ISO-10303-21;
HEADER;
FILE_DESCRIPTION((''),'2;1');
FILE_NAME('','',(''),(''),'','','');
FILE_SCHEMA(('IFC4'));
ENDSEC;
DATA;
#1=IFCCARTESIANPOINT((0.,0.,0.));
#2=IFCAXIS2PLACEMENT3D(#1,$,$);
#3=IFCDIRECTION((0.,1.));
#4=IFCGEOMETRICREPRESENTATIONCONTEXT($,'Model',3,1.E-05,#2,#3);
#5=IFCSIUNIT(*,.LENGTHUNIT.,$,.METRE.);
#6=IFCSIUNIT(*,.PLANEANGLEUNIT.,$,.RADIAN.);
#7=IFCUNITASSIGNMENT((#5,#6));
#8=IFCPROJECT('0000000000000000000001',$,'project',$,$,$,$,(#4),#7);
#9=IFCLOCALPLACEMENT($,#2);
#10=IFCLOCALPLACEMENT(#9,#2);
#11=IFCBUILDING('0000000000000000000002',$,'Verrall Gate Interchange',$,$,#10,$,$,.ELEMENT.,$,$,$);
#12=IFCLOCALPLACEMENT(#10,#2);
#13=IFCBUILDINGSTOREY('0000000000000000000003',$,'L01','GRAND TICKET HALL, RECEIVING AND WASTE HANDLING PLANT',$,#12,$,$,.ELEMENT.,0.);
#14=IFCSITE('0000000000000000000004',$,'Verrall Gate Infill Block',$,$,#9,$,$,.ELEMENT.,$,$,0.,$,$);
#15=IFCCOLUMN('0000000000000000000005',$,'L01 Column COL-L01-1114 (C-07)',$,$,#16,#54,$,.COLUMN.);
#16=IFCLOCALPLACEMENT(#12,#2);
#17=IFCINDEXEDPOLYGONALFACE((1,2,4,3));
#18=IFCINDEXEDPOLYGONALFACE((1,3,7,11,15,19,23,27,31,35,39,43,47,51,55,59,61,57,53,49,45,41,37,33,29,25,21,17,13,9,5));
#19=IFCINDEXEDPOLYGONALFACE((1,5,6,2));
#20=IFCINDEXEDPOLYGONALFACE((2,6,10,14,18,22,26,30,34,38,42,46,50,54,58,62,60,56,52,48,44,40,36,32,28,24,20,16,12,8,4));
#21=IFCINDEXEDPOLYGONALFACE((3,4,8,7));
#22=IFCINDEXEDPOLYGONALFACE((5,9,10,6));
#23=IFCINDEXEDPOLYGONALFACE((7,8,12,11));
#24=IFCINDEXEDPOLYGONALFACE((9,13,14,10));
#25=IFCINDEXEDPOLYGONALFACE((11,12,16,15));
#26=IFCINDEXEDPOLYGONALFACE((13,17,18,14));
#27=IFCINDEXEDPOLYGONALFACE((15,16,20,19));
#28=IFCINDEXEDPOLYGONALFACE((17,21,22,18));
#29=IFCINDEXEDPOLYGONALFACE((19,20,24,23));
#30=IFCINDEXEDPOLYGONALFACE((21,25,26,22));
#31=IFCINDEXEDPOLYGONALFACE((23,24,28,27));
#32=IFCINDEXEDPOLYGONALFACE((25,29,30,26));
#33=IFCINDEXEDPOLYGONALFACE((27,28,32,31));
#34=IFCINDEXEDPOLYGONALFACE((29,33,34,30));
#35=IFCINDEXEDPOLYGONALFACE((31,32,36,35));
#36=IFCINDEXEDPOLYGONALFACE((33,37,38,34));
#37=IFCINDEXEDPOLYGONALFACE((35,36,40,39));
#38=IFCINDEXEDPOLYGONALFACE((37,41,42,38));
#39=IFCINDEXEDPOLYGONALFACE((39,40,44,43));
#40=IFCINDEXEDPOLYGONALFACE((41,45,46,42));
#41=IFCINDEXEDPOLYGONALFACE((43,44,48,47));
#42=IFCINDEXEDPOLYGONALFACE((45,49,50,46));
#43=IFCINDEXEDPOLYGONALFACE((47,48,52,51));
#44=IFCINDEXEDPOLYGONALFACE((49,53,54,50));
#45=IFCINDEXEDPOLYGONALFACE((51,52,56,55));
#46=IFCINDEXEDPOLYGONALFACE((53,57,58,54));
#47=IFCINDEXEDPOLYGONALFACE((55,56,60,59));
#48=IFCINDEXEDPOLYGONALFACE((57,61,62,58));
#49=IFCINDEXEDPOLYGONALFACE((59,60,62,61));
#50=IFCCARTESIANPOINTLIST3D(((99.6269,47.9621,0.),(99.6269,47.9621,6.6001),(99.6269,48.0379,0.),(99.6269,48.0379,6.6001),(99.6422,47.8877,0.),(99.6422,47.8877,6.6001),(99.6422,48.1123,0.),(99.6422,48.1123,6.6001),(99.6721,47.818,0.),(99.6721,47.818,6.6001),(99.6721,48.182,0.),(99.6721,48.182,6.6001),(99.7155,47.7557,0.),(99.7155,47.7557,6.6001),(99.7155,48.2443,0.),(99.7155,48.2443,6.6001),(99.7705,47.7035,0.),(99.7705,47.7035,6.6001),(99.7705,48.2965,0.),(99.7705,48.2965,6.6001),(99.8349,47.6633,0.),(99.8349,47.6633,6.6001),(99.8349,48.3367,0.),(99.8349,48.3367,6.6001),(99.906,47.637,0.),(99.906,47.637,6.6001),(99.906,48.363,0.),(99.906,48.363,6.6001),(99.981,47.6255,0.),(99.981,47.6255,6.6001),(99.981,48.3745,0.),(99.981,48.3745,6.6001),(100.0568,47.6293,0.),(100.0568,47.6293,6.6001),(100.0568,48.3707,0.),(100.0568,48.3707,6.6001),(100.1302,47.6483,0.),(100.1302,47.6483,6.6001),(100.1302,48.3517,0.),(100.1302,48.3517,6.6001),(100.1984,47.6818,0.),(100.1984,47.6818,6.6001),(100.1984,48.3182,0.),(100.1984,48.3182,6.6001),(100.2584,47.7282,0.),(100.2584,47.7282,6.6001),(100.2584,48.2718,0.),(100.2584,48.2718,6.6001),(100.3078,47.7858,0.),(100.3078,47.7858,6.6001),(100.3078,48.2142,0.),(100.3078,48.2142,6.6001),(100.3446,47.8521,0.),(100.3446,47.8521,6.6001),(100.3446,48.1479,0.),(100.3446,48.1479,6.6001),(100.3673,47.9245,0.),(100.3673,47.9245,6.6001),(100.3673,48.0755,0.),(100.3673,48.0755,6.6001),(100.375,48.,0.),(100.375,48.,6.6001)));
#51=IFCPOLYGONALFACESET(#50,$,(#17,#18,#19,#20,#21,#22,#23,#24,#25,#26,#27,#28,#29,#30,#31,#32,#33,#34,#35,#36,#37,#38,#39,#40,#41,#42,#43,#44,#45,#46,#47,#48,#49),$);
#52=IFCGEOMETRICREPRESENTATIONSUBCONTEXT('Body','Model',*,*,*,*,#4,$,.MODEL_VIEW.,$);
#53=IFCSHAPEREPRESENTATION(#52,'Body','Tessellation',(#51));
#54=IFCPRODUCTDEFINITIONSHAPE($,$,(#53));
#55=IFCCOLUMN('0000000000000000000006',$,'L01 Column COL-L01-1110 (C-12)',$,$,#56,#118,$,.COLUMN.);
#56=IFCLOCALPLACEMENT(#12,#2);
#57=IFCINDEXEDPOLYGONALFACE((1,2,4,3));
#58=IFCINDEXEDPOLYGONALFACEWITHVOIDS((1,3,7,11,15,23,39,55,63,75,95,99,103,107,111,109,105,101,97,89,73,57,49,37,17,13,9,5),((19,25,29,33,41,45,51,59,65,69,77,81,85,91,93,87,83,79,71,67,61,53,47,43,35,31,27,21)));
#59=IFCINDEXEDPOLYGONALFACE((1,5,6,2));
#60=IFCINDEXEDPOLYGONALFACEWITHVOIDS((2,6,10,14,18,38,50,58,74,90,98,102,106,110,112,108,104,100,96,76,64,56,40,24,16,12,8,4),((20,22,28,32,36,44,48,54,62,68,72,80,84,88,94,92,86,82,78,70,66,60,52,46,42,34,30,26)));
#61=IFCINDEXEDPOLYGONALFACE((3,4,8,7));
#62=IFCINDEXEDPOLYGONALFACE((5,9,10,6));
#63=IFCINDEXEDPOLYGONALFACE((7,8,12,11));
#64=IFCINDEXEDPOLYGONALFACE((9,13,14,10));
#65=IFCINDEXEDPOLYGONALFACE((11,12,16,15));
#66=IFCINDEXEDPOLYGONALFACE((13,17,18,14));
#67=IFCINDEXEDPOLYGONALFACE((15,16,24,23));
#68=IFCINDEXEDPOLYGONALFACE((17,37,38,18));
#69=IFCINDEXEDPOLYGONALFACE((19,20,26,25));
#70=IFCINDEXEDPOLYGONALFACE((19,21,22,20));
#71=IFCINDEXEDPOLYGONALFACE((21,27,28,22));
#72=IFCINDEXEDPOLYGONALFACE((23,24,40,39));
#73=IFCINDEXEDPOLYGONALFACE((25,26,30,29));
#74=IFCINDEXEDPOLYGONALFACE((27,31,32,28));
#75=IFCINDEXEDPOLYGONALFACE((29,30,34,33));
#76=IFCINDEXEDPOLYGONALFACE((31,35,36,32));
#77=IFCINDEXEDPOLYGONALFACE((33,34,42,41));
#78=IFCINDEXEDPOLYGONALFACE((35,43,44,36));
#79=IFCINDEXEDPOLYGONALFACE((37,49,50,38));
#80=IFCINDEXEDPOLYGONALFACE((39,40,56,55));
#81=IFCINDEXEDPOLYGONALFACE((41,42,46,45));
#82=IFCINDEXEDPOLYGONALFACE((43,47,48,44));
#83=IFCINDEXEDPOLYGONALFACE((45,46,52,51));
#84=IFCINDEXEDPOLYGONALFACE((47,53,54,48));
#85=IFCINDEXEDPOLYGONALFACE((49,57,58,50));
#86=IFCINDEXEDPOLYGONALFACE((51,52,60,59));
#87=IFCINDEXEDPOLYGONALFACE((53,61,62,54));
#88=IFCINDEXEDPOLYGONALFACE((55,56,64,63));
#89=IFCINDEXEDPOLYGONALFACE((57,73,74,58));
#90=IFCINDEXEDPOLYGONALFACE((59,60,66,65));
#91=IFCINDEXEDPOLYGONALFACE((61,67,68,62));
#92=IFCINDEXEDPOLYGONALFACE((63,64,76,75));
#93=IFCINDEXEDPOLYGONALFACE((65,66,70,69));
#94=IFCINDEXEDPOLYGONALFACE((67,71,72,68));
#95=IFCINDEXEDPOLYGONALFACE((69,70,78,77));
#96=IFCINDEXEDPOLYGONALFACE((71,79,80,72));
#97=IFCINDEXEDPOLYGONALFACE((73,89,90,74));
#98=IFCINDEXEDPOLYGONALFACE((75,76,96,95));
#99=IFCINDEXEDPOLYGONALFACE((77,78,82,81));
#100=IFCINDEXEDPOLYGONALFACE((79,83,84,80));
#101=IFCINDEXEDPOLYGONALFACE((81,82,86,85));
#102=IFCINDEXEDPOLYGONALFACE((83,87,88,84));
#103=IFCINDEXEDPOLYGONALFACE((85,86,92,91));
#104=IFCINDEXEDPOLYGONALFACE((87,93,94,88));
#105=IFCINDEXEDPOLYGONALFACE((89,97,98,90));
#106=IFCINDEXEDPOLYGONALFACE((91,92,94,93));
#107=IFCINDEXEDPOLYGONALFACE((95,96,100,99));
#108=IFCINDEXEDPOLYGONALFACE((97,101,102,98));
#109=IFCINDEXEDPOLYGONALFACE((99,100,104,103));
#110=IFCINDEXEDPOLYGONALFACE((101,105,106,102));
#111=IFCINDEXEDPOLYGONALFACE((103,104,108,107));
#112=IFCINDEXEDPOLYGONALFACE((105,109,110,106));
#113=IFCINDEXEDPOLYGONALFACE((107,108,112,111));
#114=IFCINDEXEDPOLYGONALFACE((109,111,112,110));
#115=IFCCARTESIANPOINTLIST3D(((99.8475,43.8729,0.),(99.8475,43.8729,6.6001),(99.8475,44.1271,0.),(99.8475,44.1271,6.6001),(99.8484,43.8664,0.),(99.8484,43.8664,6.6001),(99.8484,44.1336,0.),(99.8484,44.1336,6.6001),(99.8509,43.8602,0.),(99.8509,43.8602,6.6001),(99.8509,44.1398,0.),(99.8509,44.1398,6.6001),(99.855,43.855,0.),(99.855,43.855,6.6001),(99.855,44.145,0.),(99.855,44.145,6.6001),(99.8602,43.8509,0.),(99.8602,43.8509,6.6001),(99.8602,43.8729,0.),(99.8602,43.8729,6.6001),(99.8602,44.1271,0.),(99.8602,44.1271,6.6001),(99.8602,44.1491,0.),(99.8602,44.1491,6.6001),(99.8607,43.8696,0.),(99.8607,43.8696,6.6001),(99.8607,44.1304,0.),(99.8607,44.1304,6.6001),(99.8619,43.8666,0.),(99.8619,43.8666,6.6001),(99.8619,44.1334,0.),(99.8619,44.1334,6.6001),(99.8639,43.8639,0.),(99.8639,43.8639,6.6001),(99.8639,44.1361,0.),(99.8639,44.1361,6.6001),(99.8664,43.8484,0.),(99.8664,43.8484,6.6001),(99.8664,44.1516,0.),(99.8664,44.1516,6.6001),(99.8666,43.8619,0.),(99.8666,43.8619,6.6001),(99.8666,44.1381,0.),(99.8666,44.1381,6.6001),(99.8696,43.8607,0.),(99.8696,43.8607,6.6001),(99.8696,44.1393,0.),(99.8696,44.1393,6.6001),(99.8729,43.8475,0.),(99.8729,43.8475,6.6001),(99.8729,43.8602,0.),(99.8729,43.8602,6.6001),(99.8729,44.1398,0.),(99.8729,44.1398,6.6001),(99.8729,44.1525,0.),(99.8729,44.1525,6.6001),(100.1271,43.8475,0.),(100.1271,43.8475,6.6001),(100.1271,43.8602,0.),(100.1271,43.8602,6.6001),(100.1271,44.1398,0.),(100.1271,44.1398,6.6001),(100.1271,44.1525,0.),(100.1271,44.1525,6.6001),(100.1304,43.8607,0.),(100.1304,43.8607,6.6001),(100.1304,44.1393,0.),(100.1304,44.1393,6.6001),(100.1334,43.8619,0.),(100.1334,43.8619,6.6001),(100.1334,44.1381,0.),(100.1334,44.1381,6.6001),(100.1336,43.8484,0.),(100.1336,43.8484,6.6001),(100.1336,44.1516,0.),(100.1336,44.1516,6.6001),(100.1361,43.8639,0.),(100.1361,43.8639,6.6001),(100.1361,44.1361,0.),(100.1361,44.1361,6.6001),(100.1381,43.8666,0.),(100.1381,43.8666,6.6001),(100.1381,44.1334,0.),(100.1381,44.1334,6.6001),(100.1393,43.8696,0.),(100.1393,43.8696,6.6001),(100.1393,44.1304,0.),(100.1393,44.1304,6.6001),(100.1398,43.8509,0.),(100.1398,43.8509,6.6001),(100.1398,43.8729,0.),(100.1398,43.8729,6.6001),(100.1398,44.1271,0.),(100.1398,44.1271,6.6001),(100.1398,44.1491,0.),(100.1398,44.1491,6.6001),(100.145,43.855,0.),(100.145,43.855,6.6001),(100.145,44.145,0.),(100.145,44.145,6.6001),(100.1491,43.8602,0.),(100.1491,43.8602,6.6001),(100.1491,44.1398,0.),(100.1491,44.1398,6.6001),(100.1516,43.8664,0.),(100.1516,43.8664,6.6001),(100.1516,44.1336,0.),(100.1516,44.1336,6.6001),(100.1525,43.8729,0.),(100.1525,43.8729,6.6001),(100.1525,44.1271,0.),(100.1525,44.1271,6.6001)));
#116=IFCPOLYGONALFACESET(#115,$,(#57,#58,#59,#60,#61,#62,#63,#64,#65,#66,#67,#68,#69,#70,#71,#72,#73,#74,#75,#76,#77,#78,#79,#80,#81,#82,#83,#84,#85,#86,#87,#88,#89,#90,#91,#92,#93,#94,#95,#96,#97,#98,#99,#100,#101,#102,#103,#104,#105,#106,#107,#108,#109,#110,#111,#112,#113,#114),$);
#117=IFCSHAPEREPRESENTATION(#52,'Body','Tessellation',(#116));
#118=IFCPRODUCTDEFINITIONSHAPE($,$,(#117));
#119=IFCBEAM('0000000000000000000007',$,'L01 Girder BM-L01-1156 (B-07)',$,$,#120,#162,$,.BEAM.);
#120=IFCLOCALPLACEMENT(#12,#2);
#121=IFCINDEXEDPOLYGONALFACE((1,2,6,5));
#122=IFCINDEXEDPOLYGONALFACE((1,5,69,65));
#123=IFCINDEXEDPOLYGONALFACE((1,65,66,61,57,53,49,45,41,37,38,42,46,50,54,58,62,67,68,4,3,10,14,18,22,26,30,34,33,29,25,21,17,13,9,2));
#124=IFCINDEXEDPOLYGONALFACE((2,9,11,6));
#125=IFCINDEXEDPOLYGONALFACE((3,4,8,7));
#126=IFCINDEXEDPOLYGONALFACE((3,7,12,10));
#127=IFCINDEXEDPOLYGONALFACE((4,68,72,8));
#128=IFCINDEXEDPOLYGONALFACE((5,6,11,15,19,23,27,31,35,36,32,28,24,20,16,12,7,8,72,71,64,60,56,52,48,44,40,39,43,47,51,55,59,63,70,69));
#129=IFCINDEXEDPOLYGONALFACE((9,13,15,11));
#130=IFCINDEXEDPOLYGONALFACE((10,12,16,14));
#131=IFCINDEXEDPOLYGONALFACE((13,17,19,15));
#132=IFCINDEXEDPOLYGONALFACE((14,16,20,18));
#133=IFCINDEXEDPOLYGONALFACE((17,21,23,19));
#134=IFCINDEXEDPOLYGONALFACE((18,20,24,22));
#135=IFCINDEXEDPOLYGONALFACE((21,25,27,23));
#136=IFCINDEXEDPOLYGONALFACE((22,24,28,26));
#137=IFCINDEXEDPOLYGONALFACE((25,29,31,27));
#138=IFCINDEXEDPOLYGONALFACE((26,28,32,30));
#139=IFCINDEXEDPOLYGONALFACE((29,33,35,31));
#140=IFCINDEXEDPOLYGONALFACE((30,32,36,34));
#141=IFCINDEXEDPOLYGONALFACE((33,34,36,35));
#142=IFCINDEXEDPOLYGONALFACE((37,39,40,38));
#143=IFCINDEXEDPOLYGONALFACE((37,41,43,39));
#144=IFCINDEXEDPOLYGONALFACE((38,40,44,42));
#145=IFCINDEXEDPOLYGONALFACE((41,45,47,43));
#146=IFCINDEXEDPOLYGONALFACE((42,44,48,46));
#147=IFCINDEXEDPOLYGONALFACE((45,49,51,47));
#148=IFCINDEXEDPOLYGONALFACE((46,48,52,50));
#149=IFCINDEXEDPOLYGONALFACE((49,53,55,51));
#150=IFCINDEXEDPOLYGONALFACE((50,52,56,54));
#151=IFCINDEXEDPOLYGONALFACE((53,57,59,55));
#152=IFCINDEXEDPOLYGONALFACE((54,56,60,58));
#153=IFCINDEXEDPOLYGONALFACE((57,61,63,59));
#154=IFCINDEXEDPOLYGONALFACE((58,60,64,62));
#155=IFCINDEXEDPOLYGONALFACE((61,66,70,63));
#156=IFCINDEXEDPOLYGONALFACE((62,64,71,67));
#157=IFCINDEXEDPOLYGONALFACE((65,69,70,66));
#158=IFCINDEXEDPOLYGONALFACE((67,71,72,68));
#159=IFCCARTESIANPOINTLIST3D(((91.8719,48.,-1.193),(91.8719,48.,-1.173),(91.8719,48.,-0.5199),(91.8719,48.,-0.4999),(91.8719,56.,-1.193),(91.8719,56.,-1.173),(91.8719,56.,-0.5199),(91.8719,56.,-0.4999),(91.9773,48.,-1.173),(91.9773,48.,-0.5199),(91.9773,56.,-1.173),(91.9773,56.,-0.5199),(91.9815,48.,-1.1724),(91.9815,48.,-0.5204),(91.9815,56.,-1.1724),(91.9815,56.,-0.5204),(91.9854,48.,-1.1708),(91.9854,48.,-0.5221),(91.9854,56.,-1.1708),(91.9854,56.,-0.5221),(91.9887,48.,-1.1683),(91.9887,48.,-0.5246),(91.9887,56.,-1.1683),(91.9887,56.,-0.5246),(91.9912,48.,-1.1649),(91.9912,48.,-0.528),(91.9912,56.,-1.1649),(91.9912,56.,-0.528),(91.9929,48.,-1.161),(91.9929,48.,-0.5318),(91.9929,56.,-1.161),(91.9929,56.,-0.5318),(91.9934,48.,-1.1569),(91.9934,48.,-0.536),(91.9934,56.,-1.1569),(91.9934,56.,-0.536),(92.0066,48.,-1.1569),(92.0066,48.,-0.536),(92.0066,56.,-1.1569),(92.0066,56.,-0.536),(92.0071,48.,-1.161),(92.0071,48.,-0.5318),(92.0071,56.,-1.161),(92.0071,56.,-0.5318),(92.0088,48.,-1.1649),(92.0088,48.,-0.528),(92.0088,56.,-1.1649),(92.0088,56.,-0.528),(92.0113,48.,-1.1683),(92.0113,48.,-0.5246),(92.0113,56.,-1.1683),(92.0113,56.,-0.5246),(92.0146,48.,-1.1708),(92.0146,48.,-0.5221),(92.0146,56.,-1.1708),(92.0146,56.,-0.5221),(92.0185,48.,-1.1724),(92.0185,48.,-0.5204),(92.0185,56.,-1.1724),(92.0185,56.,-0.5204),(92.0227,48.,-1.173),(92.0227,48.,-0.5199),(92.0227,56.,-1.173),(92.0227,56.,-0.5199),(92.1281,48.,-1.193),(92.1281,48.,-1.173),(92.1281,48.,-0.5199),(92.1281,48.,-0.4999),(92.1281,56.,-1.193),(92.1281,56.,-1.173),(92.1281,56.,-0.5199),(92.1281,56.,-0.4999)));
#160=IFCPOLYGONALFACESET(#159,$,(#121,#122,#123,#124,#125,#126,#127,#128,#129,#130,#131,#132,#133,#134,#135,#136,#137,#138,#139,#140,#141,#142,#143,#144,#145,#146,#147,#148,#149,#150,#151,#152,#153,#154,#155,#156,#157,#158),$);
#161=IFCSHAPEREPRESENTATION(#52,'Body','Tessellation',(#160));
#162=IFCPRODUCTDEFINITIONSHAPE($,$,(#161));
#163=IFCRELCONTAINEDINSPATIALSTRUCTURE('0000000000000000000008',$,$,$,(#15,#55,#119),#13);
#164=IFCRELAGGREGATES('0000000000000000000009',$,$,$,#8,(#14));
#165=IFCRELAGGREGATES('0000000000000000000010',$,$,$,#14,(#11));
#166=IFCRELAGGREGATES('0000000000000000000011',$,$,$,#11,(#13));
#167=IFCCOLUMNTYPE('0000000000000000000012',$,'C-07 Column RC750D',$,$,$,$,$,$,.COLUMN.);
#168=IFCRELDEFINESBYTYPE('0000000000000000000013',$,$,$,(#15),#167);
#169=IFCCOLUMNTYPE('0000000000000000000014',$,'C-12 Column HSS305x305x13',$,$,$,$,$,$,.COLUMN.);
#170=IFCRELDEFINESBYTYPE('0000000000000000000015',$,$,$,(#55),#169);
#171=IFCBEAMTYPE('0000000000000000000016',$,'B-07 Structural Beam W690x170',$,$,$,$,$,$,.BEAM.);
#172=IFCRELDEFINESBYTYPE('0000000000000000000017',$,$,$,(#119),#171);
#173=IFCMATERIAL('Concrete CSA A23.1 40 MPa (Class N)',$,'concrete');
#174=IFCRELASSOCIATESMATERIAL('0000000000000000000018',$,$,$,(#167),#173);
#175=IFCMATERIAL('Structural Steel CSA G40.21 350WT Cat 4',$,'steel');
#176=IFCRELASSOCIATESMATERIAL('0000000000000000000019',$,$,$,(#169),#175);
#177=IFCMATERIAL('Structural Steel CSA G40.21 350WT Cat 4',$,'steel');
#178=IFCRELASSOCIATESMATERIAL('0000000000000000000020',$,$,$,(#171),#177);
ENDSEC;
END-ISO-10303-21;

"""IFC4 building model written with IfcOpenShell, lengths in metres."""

from ifc_helpers import new_model, si_unit, direction, frame, origin, origin_2d, place, context, subcontext, project, spatial, hollow_rectangle, circle, i_section, extrude, material, material_profile, profile_set, type_object, element, save


model = new_model("IFC4")

# Units and contexts
model_context = context("Model", 3, precision=1e-05, world=origin(), true_north=direction((0.0, 1.0)))
body_context = subcontext(model_context, "Body", "Model", "MODEL_VIEW")
ifc_project = project(units=[si_unit("LENGTHUNIT", "METRE"), si_unit("PLANEANGLEUNIT", "RADIAN")], contexts=[model_context])

# Site, building, storey
site_placement = place(None, origin())
site = spatial("IfcSite", under=ifc_project, at=site_placement, Name="Verrall Gate Infill Block", CompositionType="ELEMENT", RefElevation=0.0)
building_placement = place(site_placement, origin())
building = spatial("IfcBuilding", under=site, at=building_placement, Name="Verrall Gate Interchange", CompositionType="ELEMENT")
storey_placement = place(building_placement, origin())
storey = spatial("IfcBuildingStorey", under=building, at=storey_placement, Name="L01", Description="GRAND TICKET HALL, RECEIVING AND WASTE HANDLING PLANT", CompositionType="ELEMENT", Elevation=0.0)

# Columns
ifc_material_1 = material(Name="Concrete CSA A23.1 40 MPa (Class N)", Category="concrete")
ifc_material_profile_1 = material_profile(ifc_material_1, circle(Radius=0.375, at=origin_2d()), Name="RC750D")
ifc_profile_set_1 = profile_set([ifc_material_profile_1], Name="Concrete CSA A23.1 40 MPa (Class N)")
column_type_1 = type_object("IfcColumnType", Name="C-07 Column RC750D", PredefinedType="COLUMN", material=ifc_profile_set_1)
column_1_placement = place(storey_placement, frame((100.0, 48.0, 0.0), z_axis=(0.0, 0.0, 1.0), x_axis=(1.0, 0.0, 0.0)))
element("IfcColumn", 1, at=column_1_placement, inside=storey, type_object=column_type_1, Name="L01 Column COL-L01-1114 (C-07)", PredefinedType="COLUMN", context=body_context, shape_type="SweptSolid", body=[
    extrude(circle(Radius=0.375, at=origin_2d()), origin(), (0.0, 0.0, 1.0), 6.6001),
])
ifc_material_2 = material(Name="Structural Steel CSA G40.21 350WT Cat 4", Category="steel")
ifc_material_profile_2 = material_profile(ifc_material_2, hollow_rectangle(XDim=0.3049, YDim=0.3049, WallThickness=0.0127, InnerFilletRadius=0.0127, OuterFilletRadius=0.0254, at=origin_2d()), Name="HSS305x305x13")
ifc_profile_set_2 = profile_set([ifc_material_profile_2], Name="Structural Steel CSA G40.21 350WT Cat 4")
column_type_2 = type_object("IfcColumnType", Name="C-12 Column HSS305x305x13", PredefinedType="COLUMN", material=ifc_profile_set_2)
column_2_placement = place(storey_placement, frame((100.0, 44.0, 0.0), z_axis=(0.0, 0.0, 1.0), x_axis=(1.0, 0.0, 0.0)))
element("IfcColumn", 2, at=column_2_placement, inside=storey, type_object=column_type_2, Name="L01 Column COL-L01-1110 (C-12)", PredefinedType="COLUMN", context=body_context, shape_type="SweptSolid", body=[
    extrude(hollow_rectangle(XDim=0.3049, YDim=0.3049, WallThickness=0.0127, InnerFilletRadius=0.0127, OuterFilletRadius=0.0254, at=origin_2d()), origin(), (0.0, 0.0, 1.0), 6.6001),
])

# Beam
ifc_material_3 = material(Name="Structural Steel CSA G40.21 350WT Cat 4", Category="steel")
ifc_material_profile_3 = material_profile(ifc_material_3, i_section(OverallWidth=0.2561, OverallDepth=0.6931, WebThickness=0.0132, FlangeThickness=0.02, FilletRadius=0.0161, at=origin_2d()), Name="W690x170")
ifc_profile_set_3 = profile_set([ifc_material_profile_3], Name="Structural Steel CSA G40.21 350WT Cat 4")
beam_type_1 = type_object("IfcBeamType", Name="B-07 Structural Beam W690x170", PredefinedType="BEAM", material=ifc_profile_set_3)
for number, where, z_axis, x_axis, name in (
    (3, (92.0, 48.0, -0.8464), (0.0, 1.0, 0.0), (-1.0, 0.0, 0.0), "L01 Girder BM-L01-1156 (B-07)"),
):
    element("IfcBeam", number, at=place(storey_placement, frame(where, z_axis=z_axis, x_axis=x_axis)), inside=storey, type_object=beam_type_1, Name=name, PredefinedType="BEAM", context=body_context, shape_type="SweptSolid", body=[
        extrude(i_section(OverallWidth=0.2561, OverallDepth=0.6931, WebThickness=0.0132, FlangeThickness=0.02, FilletRadius=0.0161, at=origin_2d()), origin(), (0.0, 0.0, 1.0), 8.0),
    ])

save(model, "model.ifc")
